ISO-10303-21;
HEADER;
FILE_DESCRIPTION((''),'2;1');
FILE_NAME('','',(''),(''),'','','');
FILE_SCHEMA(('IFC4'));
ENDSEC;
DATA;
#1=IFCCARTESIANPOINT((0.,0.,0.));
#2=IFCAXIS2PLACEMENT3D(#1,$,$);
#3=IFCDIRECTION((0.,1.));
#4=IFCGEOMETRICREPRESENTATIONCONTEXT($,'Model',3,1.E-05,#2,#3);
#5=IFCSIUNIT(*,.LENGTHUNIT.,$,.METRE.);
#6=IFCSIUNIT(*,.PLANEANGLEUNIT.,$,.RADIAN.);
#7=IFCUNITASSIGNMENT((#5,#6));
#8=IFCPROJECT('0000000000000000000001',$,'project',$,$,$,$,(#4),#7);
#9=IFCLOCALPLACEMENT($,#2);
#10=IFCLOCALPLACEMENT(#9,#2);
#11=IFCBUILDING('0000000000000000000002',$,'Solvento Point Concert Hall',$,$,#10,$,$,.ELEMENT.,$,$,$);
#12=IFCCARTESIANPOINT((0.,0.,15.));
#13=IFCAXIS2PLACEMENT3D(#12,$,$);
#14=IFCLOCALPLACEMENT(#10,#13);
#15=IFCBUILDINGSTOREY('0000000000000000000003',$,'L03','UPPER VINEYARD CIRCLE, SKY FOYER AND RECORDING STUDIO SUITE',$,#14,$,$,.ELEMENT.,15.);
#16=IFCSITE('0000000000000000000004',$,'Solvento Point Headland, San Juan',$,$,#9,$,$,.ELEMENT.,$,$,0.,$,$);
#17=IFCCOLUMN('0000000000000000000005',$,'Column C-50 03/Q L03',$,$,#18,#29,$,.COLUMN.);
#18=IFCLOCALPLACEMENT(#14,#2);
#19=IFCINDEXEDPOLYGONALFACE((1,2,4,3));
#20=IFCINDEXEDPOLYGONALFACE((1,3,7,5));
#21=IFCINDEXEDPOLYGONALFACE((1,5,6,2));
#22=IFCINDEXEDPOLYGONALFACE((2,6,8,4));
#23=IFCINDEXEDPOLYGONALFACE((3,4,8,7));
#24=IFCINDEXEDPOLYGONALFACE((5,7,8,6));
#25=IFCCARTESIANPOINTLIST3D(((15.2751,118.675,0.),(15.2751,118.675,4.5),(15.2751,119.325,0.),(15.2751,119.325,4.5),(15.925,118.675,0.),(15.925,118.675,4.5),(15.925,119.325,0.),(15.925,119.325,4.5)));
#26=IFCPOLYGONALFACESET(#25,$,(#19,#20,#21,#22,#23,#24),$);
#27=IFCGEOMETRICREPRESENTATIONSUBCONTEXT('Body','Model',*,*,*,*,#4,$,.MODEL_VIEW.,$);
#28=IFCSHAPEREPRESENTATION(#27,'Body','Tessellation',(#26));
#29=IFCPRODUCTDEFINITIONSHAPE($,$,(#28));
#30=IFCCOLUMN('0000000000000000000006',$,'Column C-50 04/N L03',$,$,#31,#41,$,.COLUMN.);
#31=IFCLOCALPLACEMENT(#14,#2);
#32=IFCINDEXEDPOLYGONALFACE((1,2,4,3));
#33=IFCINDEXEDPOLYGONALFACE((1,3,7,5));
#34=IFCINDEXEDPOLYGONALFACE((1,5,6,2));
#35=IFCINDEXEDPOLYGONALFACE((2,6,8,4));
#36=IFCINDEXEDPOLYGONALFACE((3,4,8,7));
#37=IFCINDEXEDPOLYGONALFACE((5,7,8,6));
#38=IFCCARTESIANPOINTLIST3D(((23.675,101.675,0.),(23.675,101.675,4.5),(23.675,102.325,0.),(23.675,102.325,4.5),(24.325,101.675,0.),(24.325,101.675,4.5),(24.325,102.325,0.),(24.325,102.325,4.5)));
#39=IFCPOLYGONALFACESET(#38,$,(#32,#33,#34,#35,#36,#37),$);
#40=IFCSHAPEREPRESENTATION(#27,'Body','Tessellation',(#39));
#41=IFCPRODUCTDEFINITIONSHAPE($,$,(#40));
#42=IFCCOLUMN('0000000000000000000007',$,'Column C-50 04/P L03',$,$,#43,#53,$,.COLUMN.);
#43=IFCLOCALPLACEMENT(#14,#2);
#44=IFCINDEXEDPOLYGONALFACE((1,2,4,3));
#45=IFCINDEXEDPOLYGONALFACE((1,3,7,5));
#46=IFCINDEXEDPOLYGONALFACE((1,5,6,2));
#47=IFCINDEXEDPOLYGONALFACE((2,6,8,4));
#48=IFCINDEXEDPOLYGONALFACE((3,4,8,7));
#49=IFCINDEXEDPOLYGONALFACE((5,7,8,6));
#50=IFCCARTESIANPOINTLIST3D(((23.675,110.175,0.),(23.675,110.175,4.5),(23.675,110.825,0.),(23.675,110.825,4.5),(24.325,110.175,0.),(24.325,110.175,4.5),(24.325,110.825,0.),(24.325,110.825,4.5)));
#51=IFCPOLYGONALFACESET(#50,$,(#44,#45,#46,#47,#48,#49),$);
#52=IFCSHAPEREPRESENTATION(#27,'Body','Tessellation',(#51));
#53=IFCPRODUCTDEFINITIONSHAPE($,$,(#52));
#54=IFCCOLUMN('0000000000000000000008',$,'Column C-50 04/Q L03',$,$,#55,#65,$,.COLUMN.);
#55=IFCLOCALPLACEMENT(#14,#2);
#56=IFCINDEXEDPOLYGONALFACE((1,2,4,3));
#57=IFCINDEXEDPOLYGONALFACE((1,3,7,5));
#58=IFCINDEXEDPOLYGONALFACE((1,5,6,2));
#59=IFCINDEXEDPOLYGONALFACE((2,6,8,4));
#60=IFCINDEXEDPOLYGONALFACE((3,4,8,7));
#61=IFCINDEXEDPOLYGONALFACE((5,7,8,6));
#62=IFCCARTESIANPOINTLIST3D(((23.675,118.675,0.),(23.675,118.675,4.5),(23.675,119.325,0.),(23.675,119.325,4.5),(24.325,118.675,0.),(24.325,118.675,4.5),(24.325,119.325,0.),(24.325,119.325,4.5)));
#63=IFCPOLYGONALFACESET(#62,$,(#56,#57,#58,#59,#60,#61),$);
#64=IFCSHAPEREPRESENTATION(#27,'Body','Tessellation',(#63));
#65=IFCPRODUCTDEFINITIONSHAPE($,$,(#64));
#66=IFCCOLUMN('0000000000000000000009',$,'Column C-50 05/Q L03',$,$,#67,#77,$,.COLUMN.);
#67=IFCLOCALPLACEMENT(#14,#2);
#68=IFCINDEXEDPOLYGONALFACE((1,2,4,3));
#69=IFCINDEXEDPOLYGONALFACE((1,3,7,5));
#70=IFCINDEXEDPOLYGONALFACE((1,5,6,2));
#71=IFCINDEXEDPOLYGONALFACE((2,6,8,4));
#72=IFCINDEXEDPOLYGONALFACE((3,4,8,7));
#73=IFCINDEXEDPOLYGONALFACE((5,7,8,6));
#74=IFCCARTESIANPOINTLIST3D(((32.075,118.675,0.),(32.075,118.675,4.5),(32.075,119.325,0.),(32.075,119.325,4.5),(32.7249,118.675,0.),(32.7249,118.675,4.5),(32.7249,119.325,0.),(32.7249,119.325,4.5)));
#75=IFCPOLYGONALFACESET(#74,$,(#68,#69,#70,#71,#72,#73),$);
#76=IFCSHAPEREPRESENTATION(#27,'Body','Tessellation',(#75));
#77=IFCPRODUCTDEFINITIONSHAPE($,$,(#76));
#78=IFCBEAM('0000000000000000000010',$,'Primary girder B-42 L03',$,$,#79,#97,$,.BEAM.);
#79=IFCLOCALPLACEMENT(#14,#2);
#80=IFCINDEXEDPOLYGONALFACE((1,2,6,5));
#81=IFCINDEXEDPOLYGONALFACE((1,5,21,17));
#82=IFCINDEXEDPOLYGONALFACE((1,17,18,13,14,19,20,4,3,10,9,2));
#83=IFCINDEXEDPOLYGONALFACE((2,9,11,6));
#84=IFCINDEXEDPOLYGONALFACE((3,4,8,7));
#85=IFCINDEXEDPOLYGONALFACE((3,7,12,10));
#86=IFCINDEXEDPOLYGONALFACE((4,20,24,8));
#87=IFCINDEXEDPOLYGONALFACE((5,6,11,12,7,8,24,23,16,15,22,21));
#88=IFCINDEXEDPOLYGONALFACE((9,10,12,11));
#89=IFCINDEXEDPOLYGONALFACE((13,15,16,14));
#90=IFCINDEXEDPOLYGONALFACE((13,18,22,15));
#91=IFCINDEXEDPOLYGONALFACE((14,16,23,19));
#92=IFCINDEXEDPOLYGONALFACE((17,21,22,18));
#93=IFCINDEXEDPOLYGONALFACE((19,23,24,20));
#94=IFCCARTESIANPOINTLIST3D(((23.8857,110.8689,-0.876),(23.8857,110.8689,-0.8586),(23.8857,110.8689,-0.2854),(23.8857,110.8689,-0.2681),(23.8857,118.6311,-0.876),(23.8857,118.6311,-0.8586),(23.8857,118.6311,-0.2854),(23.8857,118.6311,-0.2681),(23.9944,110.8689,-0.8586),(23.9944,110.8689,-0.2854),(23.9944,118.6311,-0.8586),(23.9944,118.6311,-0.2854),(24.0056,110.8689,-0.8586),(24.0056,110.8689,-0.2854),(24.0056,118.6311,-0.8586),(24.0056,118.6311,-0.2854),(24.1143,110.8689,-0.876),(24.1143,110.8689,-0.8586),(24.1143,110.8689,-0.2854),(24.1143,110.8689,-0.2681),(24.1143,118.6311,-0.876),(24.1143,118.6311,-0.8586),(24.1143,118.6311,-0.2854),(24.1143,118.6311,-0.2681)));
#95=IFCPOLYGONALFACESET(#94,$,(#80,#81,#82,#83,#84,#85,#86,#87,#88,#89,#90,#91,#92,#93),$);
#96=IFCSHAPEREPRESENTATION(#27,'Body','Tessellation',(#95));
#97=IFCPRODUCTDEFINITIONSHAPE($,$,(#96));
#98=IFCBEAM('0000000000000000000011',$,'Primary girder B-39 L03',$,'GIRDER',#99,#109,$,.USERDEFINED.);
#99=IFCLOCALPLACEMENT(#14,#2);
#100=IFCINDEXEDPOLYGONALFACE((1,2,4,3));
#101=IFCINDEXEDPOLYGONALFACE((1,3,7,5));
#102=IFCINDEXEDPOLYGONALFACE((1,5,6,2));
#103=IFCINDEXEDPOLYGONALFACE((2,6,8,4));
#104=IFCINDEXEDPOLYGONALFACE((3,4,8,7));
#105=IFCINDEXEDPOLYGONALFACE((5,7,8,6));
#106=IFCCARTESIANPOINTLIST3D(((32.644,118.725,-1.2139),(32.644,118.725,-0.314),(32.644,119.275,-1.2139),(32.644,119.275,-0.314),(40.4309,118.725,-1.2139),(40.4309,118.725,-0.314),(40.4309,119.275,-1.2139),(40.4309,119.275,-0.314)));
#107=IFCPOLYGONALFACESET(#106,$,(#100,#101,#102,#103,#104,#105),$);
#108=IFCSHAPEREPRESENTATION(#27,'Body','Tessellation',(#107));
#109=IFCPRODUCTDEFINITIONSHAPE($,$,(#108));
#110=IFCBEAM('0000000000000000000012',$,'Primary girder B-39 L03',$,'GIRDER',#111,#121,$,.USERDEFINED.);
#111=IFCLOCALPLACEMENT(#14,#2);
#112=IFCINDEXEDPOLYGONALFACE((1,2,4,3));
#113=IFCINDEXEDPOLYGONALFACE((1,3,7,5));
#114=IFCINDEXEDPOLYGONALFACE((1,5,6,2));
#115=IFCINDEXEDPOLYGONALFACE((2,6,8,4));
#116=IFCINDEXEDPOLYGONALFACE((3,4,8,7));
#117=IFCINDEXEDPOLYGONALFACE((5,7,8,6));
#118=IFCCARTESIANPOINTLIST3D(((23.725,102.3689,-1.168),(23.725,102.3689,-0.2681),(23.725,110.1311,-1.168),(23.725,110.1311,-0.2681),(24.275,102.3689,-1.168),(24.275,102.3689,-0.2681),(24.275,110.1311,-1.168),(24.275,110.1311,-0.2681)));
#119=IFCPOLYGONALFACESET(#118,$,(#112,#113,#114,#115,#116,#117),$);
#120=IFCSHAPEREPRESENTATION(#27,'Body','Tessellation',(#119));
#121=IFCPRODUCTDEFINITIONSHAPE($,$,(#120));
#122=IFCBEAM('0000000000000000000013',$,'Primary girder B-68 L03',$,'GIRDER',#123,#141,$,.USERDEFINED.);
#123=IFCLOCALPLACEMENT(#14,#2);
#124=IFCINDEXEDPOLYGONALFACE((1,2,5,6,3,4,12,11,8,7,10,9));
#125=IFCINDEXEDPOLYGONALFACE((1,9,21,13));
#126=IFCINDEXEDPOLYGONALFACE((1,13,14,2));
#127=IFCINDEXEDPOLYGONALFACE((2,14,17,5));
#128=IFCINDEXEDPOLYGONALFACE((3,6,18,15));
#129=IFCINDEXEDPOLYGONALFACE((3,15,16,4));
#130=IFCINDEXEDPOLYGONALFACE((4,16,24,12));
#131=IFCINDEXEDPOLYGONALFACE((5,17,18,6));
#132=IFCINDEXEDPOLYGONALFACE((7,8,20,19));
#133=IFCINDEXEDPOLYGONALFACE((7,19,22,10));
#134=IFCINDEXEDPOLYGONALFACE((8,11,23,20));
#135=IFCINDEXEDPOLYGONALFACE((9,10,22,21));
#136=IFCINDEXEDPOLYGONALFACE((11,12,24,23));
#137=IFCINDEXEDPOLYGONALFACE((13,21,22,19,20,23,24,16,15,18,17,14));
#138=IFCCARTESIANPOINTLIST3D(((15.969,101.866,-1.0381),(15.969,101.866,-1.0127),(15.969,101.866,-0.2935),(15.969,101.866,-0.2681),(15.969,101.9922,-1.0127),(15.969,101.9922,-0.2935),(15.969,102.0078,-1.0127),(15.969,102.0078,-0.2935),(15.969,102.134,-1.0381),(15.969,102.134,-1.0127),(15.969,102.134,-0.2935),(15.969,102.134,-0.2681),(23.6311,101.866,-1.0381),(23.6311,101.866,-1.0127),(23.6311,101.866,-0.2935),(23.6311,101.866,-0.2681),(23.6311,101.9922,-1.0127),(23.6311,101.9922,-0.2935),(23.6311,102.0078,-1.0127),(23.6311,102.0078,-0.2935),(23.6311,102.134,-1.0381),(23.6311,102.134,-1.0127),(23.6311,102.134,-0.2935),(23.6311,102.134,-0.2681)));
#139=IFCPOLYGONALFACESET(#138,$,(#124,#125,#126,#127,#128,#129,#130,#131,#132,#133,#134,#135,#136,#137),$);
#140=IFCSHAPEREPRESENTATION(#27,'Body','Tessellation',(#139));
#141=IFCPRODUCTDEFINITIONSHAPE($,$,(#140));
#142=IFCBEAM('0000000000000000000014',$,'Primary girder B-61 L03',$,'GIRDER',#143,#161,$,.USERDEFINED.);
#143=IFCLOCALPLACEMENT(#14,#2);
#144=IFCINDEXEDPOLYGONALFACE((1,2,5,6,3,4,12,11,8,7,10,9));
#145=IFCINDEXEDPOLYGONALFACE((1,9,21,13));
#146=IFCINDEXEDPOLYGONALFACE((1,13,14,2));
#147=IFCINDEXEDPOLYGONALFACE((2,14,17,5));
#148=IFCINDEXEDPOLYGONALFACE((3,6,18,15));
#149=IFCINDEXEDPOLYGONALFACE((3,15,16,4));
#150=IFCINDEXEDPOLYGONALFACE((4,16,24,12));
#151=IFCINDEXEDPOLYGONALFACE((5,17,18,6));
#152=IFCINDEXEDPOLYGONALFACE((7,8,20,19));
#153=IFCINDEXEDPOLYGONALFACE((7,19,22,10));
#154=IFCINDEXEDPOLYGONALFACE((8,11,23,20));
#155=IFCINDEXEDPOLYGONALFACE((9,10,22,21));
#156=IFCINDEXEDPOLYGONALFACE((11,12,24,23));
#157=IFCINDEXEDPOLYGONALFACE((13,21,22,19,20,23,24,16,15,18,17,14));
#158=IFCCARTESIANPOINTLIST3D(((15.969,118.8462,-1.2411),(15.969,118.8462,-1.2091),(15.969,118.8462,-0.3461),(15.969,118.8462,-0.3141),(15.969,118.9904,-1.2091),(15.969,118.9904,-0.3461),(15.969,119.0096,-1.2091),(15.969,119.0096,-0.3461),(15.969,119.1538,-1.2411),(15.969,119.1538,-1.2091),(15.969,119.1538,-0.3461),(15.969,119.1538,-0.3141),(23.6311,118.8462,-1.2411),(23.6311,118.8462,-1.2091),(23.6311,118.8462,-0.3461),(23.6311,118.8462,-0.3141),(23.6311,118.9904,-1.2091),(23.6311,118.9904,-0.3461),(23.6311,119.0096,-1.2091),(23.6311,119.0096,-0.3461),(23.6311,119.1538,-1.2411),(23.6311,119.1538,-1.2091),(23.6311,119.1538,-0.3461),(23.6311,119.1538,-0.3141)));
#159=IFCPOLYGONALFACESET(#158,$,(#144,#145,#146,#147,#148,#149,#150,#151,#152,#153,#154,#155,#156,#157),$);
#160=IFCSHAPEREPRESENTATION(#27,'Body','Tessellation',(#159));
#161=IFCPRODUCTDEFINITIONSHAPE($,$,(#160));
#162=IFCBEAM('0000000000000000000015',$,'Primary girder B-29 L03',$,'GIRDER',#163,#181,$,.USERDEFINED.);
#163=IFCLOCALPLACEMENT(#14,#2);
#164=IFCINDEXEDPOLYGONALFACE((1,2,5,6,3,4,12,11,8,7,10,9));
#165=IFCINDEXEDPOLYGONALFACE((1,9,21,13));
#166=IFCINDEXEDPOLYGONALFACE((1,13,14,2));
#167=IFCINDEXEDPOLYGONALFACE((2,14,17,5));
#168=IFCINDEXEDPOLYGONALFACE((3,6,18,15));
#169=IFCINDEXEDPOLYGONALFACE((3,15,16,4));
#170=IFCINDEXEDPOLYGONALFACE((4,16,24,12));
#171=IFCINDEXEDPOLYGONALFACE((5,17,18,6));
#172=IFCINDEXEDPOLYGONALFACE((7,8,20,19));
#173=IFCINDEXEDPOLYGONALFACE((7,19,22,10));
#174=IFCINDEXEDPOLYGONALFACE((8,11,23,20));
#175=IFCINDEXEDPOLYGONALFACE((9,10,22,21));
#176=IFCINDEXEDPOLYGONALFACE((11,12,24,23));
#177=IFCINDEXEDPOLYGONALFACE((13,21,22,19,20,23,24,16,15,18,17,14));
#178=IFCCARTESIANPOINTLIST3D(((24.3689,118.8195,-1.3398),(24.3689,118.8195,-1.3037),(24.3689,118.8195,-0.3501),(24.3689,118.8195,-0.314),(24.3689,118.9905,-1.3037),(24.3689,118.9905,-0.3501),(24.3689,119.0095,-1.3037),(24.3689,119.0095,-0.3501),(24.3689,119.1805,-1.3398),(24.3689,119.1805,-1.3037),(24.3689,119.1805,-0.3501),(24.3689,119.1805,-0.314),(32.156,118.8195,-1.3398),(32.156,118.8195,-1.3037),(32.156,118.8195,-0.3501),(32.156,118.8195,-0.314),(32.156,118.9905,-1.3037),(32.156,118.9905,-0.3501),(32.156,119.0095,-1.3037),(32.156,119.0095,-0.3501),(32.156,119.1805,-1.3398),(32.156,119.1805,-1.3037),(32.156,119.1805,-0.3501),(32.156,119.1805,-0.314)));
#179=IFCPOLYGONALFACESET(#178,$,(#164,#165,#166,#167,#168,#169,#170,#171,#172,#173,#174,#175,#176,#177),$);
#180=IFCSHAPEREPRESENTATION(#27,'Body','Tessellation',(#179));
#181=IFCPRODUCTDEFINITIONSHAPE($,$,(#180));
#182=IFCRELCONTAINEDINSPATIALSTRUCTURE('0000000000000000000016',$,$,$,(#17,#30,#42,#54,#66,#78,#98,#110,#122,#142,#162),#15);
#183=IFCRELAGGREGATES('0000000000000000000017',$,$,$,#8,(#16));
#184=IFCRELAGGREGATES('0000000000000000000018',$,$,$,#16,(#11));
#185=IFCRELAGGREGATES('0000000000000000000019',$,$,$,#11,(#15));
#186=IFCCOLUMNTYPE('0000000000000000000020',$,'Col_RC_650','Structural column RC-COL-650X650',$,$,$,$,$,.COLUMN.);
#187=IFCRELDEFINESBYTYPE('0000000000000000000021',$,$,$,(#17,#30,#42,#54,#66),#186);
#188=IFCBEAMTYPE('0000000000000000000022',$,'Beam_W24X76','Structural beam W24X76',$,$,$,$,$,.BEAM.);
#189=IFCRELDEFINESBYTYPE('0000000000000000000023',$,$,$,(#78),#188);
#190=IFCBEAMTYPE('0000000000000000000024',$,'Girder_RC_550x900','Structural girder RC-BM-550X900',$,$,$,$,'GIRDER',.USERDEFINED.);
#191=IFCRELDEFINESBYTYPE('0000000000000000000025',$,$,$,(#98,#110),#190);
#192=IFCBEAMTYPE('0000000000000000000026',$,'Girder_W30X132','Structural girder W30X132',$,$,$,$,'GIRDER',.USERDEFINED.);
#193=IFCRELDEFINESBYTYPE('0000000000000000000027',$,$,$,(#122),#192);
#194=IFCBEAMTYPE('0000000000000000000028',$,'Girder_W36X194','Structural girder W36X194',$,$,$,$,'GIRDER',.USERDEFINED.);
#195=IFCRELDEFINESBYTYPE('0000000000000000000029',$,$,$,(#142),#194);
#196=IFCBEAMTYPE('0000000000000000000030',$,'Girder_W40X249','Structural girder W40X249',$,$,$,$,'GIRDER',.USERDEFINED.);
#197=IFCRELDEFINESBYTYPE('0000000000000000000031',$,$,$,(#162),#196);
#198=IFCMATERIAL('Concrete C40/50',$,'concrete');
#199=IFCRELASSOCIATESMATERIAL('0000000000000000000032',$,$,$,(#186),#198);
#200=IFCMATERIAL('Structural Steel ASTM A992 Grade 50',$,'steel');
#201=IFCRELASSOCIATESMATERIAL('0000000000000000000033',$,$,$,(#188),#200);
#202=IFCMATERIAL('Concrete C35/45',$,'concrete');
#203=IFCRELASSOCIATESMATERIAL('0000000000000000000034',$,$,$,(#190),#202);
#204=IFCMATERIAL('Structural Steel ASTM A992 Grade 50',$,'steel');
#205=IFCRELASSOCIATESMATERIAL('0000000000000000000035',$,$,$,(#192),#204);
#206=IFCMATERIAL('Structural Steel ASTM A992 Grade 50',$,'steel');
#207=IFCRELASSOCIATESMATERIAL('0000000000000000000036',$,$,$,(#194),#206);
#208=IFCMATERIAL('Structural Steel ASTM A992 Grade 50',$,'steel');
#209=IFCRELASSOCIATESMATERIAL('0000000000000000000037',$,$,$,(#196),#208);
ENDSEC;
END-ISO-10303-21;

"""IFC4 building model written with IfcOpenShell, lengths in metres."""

from ifc_helpers import new_model, si_unit, direction, frame, origin, origin_2d, place, context, subcontext, project, spatial, rectangle, i_section, extrude, material, material_profile, profile_set, type_object, element, save


model = new_model("IFC4")

# Units and contexts
model_context = context("Model", 3, precision=1e-05, world=origin(), true_north=direction((0.0, 1.0)))
body_context = subcontext(model_context, "Body", "Model", "MODEL_VIEW")
ifc_project = project(units=[si_unit("LENGTHUNIT", "METRE"), si_unit("PLANEANGLEUNIT", "RADIAN")], contexts=[model_context])

# Site, building, storey
site_placement = place(None, origin())
site = spatial("IfcSite", under=ifc_project, at=site_placement, Name="Solvento Point Headland, San Juan", CompositionType="ELEMENT", RefElevation=0.0)
building_placement = place(site_placement, origin())
building = spatial("IfcBuilding", under=site, at=building_placement, Name="Solvento Point Concert Hall", CompositionType="ELEMENT")
storey_placement = place(building_placement, frame((0.0, 0.0, 15.0)))
storey = spatial("IfcBuildingStorey", under=building, at=storey_placement, Name="L03", Description="UPPER VINEYARD CIRCLE, SKY FOYER AND RECORDING STUDIO SUITE", CompositionType="ELEMENT", Elevation=15.0)

# Columns
ifc_material_1 = material(Name="Concrete C40/50", Category="concrete")
ifc_material_profile_1 = material_profile(ifc_material_1, rectangle(XDim=0.6499, YDim=0.6499, at=origin_2d()), Name="RC-COL-650X650")
ifc_profile_set_1 = profile_set([ifc_material_profile_1], Name="Concrete C40/50")
column_type = type_object("IfcColumnType", Name="Col_RC_650", Description="Structural column RC-COL-650X650", PredefinedType="COLUMN", material=ifc_profile_set_1)
for number, where, z_axis, x_axis, name in (
    (1, (15.6001, 119.0, 0.0), (0.0, 0.0, 1.0), (1.0, 0.0, 0.0), "Column C-50 03/Q L03"),
    (2, (24.0, 102.0, 0.0), (0.0, 0.0, 1.0), (1.0, 0.0, 0.0), "Column C-50 04/N L03"),
    (3, (24.0, 110.5, 0.0), (0.0, 0.0, 1.0), (1.0, 0.0, 0.0), "Column C-50 04/P L03"),
    (4, (24.0, 119.0, 0.0), (0.0, 0.0, 1.0), (1.0, 0.0, 0.0), "Column C-50 04/Q L03"),
    (5, (32.3999, 119.0, 0.0), (0.0, 0.0, 1.0), (1.0, 0.0, 0.0), "Column C-50 05/Q L03"),
):
    element("IfcColumn", number, at=place(storey_placement, frame(where, z_axis=z_axis, x_axis=x_axis)), inside=storey, type_object=column_type, Name=name, PredefinedType="COLUMN", context=body_context, shape_type="SweptSolid", body=[
        extrude(rectangle(XDim=0.6499, YDim=0.6499, at=origin_2d()), origin(), (0.0, 0.0, 1.0), 4.5),
    ])

# Beams
ifc_material_2 = material(Name="Structural Steel ASTM A992 Grade 50", Category="steel")
ifc_material_profile_2 = material_profile(ifc_material_2, i_section(OverallWidth=0.2285, OverallDepth=0.6079, WebThickness=0.0112, FlangeThickness=0.0173, at=origin_2d()), Name="W24X76")
ifc_profile_set_2 = profile_set([ifc_material_profile_2], Name="Structural Steel ASTM A992 Grade 50")
beam_type_1 = type_object("IfcBeamType", Name="Beam_W24X76", Description="Structural beam W24X76", PredefinedType="BEAM", material=ifc_profile_set_2)
beam_1_placement = place(storey_placement, frame((24.0, 110.8689, -0.572), z_axis=(0.0, 1.0, 0.0), x_axis=(-1.0, 0.0, 0.0)))
element("IfcBeam", 6, at=beam_1_placement, inside=storey, type_object=beam_type_1, Name="Primary girder B-42 L03", PredefinedType="BEAM", context=body_context, shape_type="SweptSolid", body=[
    extrude(i_section(OverallWidth=0.2285, OverallDepth=0.6079, WebThickness=0.0112, FlangeThickness=0.0173, at=origin_2d()), origin(), (0.0, 0.0, 1.0), 7.7622),
])
ifc_material_3 = material(Name="Concrete C35/45", Category="concrete")
ifc_material_profile_3 = material_profile(ifc_material_3, rectangle(XDim=0.55, YDim=0.8999, at=origin_2d()), Name="RC-BM-550X900")
ifc_profile_set_3 = profile_set([ifc_material_profile_3], Name="Concrete C35/45")
beam_type_2 = type_object("IfcBeamType", Name="Girder_RC_550x900", Description="Structural girder RC-BM-550X900", ElementType="GIRDER", PredefinedType="USERDEFINED", material=ifc_profile_set_3)
beam_2_placement = place(storey_placement, frame((32.644, 119.0, -0.7639), z_axis=(1.0, 0.0, 0.0), x_axis=(0.0, 1.0, 0.0)))
element("IfcBeam", 7, at=beam_2_placement, inside=storey, type_object=beam_type_2, Name="Primary girder B-39 L03", ObjectType="GIRDER", PredefinedType="USERDEFINED", context=body_context, shape_type="SweptSolid", body=[
    extrude(rectangle(XDim=0.55, YDim=0.8999, at=origin_2d()), origin(), (0.0, 0.0, 1.0), 7.7869),
])
beam_3_placement = place(storey_placement, frame((24.0, 102.3689, -0.718), z_axis=(0.0, 1.0, 0.0), x_axis=(-1.0, 0.0, 0.0)))
element("IfcBeam", 8, at=beam_3_placement, inside=storey, type_object=beam_type_2, Name="Primary girder B-39 L03", ObjectType="GIRDER", PredefinedType="USERDEFINED", context=body_context, shape_type="SweptSolid", body=[
    extrude(rectangle(XDim=0.55, YDim=0.8999, at=origin_2d()), origin(), (0.0, 0.0, 1.0), 7.7622),
])
ifc_material_4 = material(Name="Structural Steel ASTM A992 Grade 50", Category="steel")
ifc_material_profile_4 = material_profile(ifc_material_4, i_section(OverallWidth=0.2681, OverallDepth=0.77, WebThickness=0.0156, FlangeThickness=0.0254, at=origin_2d()), Name="W30X132")
ifc_profile_set_4 = profile_set([ifc_material_profile_4], Name="Structural Steel ASTM A992 Grade 50")
beam_type_3 = type_object("IfcBeamType", Name="Girder_W30X132", Description="Structural girder W30X132", ElementType="GIRDER", PredefinedType="USERDEFINED", material=ifc_profile_set_4)
beam_4_placement = place(storey_placement, frame((15.969, 102.0, -0.6531), z_axis=(1.0, 0.0, 0.0), x_axis=(0.0, 1.0, 0.0)))
element("IfcBeam", 9, at=beam_4_placement, inside=storey, type_object=beam_type_3, Name="Primary girder B-68 L03", ObjectType="GIRDER", PredefinedType="USERDEFINED", context=body_context, shape_type="SweptSolid", body=[
    extrude(i_section(OverallWidth=0.2681, OverallDepth=0.77, WebThickness=0.0156, FlangeThickness=0.0254, at=origin_2d()), origin(), (0.0, 0.0, 1.0), 7.6621),
])
ifc_material_5 = material(Name="Structural Steel ASTM A992 Grade 50", Category="steel")
ifc_material_profile_5 = material_profile(ifc_material_5, i_section(OverallWidth=0.3076, OverallDepth=0.927, WebThickness=0.0193, FlangeThickness=0.032, at=origin_2d()), Name="W36X194")
ifc_profile_set_5 = profile_set([ifc_material_profile_5], Name="Structural Steel ASTM A992 Grade 50")
beam_type_4 = type_object("IfcBeamType", Name="Girder_W36X194", Description="Structural girder W36X194", ElementType="GIRDER", PredefinedType="USERDEFINED", material=ifc_profile_set_5)
beam_5_placement = place(storey_placement, frame((15.969, 119.0, -0.7776), z_axis=(1.0, 0.0, 0.0), x_axis=(0.0, 1.0, 0.0)))
element("IfcBeam", 10, at=beam_5_placement, inside=storey, type_object=beam_type_4, Name="Primary girder B-61 L03", ObjectType="GIRDER", PredefinedType="USERDEFINED", context=body_context, shape_type="SweptSolid", body=[
    extrude(i_section(OverallWidth=0.3076, OverallDepth=0.927, WebThickness=0.0193, FlangeThickness=0.032, at=origin_2d()), origin(), (0.0, 0.0, 1.0), 7.6621),
])
ifc_material_6 = material(Name="Structural Steel ASTM A992 Grade 50", Category="steel")
ifc_material_profile_6 = material_profile(ifc_material_6, i_section(OverallWidth=0.3611, OverallDepth=1.0259, WebThickness=0.019, FlangeThickness=0.0361, at=origin_2d()), Name="W40X249")
ifc_profile_set_6 = profile_set([ifc_material_profile_6], Name="Structural Steel ASTM A992 Grade 50")
beam_type_5 = type_object("IfcBeamType", Name="Girder_W40X249", Description="Structural girder W40X249", ElementType="GIRDER", PredefinedType="USERDEFINED", material=ifc_profile_set_6)
beam_6_placement = place(storey_placement, frame((24.3689, 119.0, -0.8269), z_axis=(1.0, 0.0, 0.0), x_axis=(0.0, 1.0, 0.0)))
element("IfcBeam", 11, at=beam_6_placement, inside=storey, type_object=beam_type_5, Name="Primary girder B-29 L03", ObjectType="GIRDER", PredefinedType="USERDEFINED", context=body_context, shape_type="SweptSolid", body=[
    extrude(i_section(OverallWidth=0.3611, OverallDepth=1.0259, WebThickness=0.019, FlangeThickness=0.0361, at=origin_2d()), origin(), (0.0, 0.0, 1.0), 7.7871),
])

save(model, "model.ifc")
